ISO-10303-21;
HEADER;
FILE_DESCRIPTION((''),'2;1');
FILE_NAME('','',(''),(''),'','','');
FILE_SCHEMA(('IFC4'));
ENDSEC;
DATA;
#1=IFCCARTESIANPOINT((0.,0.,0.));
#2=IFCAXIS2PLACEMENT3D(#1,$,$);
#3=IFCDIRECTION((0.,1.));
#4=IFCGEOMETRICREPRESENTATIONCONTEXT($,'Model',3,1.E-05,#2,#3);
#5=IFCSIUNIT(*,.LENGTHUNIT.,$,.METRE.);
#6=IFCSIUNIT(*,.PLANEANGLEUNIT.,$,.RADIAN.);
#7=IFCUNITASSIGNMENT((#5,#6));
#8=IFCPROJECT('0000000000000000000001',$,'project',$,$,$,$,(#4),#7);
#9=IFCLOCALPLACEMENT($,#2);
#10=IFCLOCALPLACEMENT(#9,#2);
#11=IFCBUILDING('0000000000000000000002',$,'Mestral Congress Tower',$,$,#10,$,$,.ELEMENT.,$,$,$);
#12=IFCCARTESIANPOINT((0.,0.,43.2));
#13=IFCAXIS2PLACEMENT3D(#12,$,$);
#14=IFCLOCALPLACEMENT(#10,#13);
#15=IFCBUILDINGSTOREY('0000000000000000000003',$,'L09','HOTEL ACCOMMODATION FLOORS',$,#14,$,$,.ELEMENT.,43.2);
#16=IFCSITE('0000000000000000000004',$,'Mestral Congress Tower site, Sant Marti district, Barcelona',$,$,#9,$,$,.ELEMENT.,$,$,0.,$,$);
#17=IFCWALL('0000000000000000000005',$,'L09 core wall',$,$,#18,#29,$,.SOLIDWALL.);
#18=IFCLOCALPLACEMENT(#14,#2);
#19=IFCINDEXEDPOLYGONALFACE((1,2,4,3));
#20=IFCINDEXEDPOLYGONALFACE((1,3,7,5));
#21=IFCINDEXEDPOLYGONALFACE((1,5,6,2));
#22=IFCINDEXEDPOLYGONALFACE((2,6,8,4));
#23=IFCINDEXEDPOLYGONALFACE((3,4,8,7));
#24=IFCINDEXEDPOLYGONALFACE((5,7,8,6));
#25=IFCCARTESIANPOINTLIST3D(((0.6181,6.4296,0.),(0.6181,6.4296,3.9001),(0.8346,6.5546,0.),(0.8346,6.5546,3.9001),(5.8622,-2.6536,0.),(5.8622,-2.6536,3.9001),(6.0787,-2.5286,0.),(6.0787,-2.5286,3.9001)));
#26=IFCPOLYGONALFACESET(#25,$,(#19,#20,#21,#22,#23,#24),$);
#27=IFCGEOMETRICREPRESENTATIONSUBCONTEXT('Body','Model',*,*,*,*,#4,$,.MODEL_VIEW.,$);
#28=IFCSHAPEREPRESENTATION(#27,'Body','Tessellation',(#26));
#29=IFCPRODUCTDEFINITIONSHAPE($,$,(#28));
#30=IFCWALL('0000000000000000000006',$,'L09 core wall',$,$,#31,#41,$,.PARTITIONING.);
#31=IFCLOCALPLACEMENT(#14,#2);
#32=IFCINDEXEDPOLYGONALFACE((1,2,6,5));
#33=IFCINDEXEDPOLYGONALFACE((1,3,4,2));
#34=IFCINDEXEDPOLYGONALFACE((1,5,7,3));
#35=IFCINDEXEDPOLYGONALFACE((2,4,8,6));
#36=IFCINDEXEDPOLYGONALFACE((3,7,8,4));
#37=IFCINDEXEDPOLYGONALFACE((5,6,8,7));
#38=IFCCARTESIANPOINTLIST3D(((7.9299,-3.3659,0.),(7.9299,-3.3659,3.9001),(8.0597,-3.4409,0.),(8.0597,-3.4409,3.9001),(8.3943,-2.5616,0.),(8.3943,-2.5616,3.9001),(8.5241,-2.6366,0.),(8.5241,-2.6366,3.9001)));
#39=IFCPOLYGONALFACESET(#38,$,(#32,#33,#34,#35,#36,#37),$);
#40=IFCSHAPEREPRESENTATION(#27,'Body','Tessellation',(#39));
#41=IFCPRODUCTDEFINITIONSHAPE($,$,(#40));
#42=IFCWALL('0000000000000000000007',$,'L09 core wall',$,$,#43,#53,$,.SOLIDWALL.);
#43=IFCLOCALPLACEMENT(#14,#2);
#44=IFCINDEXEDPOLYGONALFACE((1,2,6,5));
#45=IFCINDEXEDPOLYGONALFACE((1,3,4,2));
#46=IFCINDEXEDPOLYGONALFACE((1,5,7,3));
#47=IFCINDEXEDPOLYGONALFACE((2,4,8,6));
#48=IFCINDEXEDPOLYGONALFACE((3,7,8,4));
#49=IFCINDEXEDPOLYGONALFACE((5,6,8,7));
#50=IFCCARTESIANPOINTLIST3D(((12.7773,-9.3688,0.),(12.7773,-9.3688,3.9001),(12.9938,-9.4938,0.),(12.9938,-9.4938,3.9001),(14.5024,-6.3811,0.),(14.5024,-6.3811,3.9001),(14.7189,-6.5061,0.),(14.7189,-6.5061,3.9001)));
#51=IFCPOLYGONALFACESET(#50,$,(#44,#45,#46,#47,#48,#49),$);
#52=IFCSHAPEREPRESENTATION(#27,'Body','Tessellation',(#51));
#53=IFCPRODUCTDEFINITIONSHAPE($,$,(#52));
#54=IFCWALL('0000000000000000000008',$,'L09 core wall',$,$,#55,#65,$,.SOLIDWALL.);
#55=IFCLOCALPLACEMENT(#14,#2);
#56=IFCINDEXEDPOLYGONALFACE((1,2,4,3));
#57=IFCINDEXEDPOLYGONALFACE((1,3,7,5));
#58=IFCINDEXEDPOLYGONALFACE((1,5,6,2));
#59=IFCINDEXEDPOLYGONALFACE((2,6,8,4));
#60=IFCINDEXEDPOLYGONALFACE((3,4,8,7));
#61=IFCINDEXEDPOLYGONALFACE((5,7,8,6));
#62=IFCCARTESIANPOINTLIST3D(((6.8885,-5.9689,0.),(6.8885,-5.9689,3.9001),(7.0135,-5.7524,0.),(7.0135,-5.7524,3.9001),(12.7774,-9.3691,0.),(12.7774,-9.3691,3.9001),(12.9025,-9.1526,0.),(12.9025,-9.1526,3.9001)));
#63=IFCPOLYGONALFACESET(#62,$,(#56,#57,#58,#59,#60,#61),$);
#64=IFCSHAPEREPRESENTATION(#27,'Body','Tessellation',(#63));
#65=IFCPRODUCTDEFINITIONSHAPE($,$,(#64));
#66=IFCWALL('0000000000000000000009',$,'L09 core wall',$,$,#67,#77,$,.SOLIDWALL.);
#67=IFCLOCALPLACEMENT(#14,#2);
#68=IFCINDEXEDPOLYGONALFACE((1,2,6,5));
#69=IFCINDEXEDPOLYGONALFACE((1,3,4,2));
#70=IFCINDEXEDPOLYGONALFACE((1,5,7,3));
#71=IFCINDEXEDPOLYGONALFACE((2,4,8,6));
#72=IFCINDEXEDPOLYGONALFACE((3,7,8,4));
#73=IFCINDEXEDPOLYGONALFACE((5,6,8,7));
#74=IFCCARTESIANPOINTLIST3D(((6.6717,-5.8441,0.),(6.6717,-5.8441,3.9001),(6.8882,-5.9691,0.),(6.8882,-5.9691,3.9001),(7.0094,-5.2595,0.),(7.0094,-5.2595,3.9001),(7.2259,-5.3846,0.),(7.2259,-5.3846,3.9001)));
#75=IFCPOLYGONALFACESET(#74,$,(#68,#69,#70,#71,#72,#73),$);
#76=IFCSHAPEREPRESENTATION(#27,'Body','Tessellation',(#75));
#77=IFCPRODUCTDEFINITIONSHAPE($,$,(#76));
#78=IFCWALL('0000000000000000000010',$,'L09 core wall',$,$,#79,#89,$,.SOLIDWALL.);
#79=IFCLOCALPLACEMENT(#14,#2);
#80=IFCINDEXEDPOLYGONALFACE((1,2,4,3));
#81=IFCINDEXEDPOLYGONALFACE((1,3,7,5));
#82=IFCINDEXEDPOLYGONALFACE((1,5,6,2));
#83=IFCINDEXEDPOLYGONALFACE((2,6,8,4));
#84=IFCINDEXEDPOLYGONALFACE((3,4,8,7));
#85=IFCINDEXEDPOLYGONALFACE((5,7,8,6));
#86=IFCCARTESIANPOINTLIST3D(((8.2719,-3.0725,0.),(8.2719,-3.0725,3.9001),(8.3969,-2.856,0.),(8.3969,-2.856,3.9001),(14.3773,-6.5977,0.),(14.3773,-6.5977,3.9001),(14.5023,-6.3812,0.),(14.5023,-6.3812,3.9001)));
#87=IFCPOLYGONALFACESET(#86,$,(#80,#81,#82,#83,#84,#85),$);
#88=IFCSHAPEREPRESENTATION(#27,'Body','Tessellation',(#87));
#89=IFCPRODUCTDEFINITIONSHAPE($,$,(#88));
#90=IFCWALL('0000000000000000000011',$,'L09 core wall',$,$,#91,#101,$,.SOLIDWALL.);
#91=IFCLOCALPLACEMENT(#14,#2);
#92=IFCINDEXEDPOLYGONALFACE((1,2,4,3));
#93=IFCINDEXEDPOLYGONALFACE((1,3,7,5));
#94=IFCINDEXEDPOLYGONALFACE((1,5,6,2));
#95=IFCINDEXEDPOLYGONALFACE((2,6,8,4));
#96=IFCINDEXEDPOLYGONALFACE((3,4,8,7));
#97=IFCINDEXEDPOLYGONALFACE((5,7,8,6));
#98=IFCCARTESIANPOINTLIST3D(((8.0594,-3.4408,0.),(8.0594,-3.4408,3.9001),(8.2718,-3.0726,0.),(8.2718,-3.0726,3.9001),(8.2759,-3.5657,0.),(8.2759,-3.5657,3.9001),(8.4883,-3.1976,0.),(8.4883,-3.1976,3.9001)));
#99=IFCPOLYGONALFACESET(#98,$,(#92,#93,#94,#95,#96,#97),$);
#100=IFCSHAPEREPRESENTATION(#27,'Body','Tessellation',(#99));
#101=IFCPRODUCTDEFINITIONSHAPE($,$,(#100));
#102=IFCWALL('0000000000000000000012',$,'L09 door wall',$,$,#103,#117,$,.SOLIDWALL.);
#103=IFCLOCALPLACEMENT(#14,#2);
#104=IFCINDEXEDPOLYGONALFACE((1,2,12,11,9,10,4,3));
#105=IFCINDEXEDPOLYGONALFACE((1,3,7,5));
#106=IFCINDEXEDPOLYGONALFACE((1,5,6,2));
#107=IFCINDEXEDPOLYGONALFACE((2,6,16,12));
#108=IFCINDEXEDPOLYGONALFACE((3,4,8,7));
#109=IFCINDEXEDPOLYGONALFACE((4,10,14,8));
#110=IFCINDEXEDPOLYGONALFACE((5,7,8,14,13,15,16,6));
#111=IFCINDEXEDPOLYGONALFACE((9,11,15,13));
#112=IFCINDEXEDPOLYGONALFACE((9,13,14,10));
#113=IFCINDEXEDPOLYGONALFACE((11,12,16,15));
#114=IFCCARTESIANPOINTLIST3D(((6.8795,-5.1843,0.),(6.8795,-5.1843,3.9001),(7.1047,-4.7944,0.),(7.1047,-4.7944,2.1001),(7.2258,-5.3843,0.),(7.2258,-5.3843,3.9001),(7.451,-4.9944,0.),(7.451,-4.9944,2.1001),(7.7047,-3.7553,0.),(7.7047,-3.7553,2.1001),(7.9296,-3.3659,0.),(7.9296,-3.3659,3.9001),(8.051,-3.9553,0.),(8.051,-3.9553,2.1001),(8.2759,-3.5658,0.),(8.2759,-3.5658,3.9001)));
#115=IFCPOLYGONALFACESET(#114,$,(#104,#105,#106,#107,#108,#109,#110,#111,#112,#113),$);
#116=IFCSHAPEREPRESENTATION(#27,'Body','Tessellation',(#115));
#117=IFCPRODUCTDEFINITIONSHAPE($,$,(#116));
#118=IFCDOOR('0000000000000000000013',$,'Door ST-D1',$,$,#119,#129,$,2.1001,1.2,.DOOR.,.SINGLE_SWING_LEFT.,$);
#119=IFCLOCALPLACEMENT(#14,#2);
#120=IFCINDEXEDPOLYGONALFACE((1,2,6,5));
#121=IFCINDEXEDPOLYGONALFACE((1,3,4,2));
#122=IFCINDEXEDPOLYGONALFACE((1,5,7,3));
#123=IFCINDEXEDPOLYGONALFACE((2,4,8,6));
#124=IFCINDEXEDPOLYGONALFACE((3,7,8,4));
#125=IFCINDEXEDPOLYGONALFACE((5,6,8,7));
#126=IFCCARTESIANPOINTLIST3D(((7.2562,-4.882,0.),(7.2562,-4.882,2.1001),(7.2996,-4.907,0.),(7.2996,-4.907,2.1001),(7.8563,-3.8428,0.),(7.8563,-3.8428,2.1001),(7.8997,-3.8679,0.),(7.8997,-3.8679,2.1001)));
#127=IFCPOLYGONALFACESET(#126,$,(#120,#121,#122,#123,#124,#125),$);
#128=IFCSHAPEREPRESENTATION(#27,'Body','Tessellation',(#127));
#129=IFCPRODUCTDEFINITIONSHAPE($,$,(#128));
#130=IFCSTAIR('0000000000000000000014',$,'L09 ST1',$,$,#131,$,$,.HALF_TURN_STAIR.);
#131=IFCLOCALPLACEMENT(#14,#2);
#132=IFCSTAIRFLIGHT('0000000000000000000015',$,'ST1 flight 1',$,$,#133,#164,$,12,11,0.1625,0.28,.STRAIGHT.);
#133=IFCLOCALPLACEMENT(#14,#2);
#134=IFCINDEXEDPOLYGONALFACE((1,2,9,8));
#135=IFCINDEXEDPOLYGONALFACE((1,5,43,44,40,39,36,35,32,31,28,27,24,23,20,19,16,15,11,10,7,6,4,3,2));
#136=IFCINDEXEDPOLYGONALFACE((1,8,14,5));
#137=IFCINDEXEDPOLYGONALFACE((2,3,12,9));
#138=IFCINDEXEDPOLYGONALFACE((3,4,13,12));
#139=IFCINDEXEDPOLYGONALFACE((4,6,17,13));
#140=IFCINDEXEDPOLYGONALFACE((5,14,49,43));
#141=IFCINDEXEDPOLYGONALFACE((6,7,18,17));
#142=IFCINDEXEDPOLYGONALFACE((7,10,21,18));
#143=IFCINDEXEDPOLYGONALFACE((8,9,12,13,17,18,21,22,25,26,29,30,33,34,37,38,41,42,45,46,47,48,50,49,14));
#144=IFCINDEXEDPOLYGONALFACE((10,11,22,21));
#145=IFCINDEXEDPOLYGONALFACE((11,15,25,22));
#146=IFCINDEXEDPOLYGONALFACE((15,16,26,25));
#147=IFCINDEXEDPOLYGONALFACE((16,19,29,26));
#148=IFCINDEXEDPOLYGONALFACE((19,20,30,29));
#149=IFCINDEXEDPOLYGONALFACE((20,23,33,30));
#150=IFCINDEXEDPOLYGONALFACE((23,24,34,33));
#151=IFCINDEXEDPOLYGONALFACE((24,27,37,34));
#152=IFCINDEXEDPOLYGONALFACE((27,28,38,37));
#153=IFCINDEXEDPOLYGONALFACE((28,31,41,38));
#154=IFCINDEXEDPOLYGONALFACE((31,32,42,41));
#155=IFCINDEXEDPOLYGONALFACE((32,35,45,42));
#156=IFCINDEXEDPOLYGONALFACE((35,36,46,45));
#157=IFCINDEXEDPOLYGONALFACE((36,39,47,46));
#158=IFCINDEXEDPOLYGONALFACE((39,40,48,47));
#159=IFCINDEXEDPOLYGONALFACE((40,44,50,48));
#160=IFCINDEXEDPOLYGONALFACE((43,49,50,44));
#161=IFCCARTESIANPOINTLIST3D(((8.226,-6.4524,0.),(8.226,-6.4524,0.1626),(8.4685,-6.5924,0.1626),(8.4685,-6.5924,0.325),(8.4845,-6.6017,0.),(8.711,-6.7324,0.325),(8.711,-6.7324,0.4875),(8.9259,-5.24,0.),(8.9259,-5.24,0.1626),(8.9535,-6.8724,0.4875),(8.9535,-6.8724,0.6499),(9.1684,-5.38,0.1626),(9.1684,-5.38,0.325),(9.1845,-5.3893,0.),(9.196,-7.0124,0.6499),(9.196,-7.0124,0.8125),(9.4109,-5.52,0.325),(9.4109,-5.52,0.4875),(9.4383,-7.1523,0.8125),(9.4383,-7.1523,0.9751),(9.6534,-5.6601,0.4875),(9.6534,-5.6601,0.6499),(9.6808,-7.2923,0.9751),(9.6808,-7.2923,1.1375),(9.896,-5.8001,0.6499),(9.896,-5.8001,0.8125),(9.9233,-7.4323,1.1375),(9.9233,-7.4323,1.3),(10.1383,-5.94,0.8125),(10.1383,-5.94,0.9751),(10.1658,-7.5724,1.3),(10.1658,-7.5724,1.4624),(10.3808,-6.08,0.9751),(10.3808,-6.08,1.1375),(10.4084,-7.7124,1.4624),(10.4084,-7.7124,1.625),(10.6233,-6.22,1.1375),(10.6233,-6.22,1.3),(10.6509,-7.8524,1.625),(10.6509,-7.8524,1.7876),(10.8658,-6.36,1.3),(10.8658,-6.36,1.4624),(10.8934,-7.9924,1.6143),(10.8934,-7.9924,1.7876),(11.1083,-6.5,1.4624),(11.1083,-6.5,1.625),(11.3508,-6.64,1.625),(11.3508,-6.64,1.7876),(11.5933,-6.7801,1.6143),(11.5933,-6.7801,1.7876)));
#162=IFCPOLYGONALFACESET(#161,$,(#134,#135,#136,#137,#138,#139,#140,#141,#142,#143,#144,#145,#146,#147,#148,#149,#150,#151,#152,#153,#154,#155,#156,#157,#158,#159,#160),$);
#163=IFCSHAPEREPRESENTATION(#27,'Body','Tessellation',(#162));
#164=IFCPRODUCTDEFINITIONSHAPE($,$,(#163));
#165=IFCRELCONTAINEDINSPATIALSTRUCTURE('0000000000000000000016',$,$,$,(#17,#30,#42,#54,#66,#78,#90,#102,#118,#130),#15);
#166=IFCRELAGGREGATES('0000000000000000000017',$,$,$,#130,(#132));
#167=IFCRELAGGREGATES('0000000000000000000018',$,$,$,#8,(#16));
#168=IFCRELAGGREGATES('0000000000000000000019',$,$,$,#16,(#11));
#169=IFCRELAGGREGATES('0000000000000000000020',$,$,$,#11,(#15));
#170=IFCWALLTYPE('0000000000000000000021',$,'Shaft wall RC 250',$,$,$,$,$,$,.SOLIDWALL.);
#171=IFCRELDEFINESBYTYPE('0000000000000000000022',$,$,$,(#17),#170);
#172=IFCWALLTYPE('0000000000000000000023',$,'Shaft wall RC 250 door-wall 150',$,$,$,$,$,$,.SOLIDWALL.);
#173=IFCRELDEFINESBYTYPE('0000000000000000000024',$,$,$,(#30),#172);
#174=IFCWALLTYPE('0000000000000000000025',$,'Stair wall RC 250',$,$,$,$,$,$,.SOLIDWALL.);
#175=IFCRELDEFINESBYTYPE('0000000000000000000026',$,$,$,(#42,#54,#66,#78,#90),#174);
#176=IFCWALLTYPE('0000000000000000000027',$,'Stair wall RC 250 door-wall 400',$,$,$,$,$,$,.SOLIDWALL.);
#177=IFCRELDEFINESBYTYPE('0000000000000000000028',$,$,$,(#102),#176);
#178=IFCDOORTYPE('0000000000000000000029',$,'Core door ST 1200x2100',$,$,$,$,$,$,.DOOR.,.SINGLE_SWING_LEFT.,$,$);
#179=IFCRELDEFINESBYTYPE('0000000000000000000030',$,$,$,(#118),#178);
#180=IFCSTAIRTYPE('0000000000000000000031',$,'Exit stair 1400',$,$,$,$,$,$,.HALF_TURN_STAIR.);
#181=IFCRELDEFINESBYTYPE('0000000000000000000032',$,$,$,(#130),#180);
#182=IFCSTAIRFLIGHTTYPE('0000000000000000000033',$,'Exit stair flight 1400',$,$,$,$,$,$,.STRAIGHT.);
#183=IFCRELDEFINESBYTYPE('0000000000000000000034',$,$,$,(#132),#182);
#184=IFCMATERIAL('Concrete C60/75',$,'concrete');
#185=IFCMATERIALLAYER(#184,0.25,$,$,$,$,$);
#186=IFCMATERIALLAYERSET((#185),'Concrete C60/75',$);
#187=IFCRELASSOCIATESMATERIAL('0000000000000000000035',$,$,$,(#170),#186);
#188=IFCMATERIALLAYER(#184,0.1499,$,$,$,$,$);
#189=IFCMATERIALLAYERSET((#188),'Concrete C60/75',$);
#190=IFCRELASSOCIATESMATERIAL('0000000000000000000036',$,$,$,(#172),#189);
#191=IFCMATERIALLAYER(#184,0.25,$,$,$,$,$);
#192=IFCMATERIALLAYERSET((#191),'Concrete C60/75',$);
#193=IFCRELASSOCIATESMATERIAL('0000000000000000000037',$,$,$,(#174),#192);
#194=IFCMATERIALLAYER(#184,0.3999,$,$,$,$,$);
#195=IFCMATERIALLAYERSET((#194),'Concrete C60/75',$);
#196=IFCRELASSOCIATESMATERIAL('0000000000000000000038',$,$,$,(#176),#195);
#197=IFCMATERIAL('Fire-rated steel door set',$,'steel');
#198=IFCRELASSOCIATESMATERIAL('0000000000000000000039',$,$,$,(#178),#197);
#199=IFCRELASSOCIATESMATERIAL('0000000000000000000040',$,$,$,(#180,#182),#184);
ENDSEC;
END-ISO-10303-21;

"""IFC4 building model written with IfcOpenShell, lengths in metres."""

from ifc_helpers import new_model, si_unit, direction, frame, frame_2d, origin, place, context, subcontext, project, spatial, polyline, rectangle, outline, extrude, material, layer, layer_set, type_object, element, fill, aggregate, save


model = new_model("IFC4")

# Units and contexts
model_context = context("Model", 3, precision=1e-05, world=origin(), true_north=direction((0.0, 1.0)))
body_context = subcontext(model_context, "Body", "Model", "MODEL_VIEW")
ifc_project = project(units=[si_unit("LENGTHUNIT", "METRE"), si_unit("PLANEANGLEUNIT", "RADIAN")], contexts=[model_context])

# Site, building, storey
site_placement = place(None, origin())
site = spatial("IfcSite", under=ifc_project, at=site_placement, Name="Mestral Congress Tower site, Sant Marti district, Barcelona", CompositionType="ELEMENT", RefElevation=0.0)
building_placement = place(site_placement, origin())
building = spatial("IfcBuilding", under=site, at=building_placement, Name="Mestral Congress Tower", CompositionType="ELEMENT")
storey_placement = place(building_placement, frame((0.0, 0.0, 43.2)))
storey = spatial("IfcBuildingStorey", under=building, at=storey_placement, Name="L09", Description="HOTEL ACCOMMODATION FLOORS", CompositionType="ELEMENT", Elevation=43.2)

# Shared definitions
ifc_material_1 = material(Name="Fire-rated steel door set", Category="steel")

# Walls
ifc_material_2 = material(Name="Concrete C60/75", Category="concrete")
ifc_layer_1 = layer(ifc_material_2, 0.25)
ifc_layer_set_1 = layer_set([ifc_layer_1], Name="Concrete C60/75")
wall_type_1 = type_object("IfcWallType", Name="Shaft wall RC 250", PredefinedType="SOLIDWALL", material=ifc_layer_set_1)
wall_1_placement = place(storey_placement, frame((5.9705, -2.5911, 0.0), z_axis=(0.0, 0.0, 1.0), x_axis=(-0.499994, 0.866029, 0.0)))
element("IfcWall", 1, at=wall_1_placement, inside=storey, type_object=wall_type_1, Name="L09 core wall", PredefinedType="SOLIDWALL", context=body_context, shape_type="SweptSolid", body=[
    extrude(rectangle(XDim=10.4883, YDim=0.25, at=frame_2d((5.2441, 0.0))), origin(), (0.0, 0.0, 1.0), 3.9001),
])
ifc_layer_2 = layer(ifc_material_2, 0.1499)
ifc_layer_set_2 = layer_set([ifc_layer_2], Name="Concrete C60/75")
wall_type_2 = type_object("IfcWallType", Name="Shaft wall RC 250 door-wall 150", PredefinedType="SOLIDWALL", material=ifc_layer_set_2)
wall_2_placement = place(storey_placement, frame((8.4592, -2.5991, 0.0), z_axis=(0.0, 0.0, 1.0), x_axis=(-0.500041, -0.866002, 0.0)))
element("IfcWall", 2, at=wall_2_placement, inside=storey, type_object=wall_type_2, Name="L09 core wall", PredefinedType="PARTITIONING", context=body_context, shape_type="SweptSolid", body=[
    extrude(rectangle(XDim=0.9287, YDim=0.1499, at=frame_2d((0.4644, 0.0))), origin(), (0.0, 0.0, 1.0), 3.9001),
])
ifc_layer_3 = layer(ifc_material_2, 0.25)
ifc_layer_set_3 = layer_set([ifc_layer_3], Name="Concrete C60/75")
wall_type_3 = type_object("IfcWallType", Name="Stair wall RC 250", PredefinedType="SOLIDWALL", material=ifc_layer_set_3)
wall_3_placement = place(storey_placement, frame((12.8855, -9.4314, 0.0), z_axis=(0.0, 0.0, 1.0), x_axis=(0.500021, 0.866014, 0.0)))
element("IfcWall", 3, at=wall_3_placement, inside=storey, type_object=wall_type_3, Name="L09 core wall", PredefinedType="SOLIDWALL", context=body_context, shape_type="SweptSolid", body=[
    extrude(rectangle(XDim=3.45, YDim=0.25, at=frame_2d((1.7251, 0.0))), origin(), (0.0, 0.0, 1.0), 3.9001),
])
wall_4_placement = place(storey_placement, frame((12.8398, -9.2607, 0.0), z_axis=(0.0, 0.0, 1.0), x_axis=(-0.866014, 0.50002, 0.0)))
element("IfcWall", 4, at=wall_4_placement, inside=storey, type_object=wall_type_3, Name="L09 core wall", PredefinedType="SOLIDWALL", context=body_context, shape_type="SweptSolid", body=[
    extrude(rectangle(XDim=6.8, YDim=0.25, at=frame_2d((3.3999, 0.0))), origin(), (0.0, 0.0, 1.0), 3.9001),
])
wall_5_placement = place(storey_placement, frame((6.78, -5.9065, 0.0), z_axis=(0.0, 0.0, 1.0), x_axis=(0.500223, 0.865896, 0.0)))
element("IfcWall", 5, at=wall_5_placement, inside=storey, type_object=wall_type_3, Name="L09 core wall", PredefinedType="SOLIDWALL", context=body_context, shape_type="SweptSolid", body=[
    extrude(rectangle(XDim=0.675, YDim=0.25, at=frame_2d((0.3374, 0.0))), origin(), (0.0, 0.0, 1.0), 3.9001),
])
wall_6_placement = place(storey_placement, frame((8.3345, -2.9644, 0.0), z_axis=(0.0, 0.0, 1.0), x_axis=(0.866016, -0.500016, 0.0)))
element("IfcWall", 6, at=wall_6_placement, inside=storey, type_object=wall_type_3, Name="L09 core wall", PredefinedType="SOLIDWALL", context=body_context, shape_type="SweptSolid", body=[
    extrude(rectangle(XDim=7.05, YDim=0.25, at=frame_2d((3.5249, 0.0))), origin(), (0.0, 0.0, 1.0), 3.9001),
])
wall_7_placement = place(storey_placement, frame((8.1677, -3.5032, 0.0), z_axis=(0.0, 0.0, 1.0), x_axis=(0.499722, 0.866186, 0.0)))
element("IfcWall", 7, at=wall_7_placement, inside=storey, type_object=wall_type_3, Name="L09 core wall", PredefinedType="SOLIDWALL", context=body_context, shape_type="SweptSolid", body=[
    extrude(rectangle(XDim=0.425, YDim=0.25, at=frame_2d((0.2124, 0.0))), origin(), (0.0, 0.0, 1.0), 3.9001),
])

# Wall, opening, door
ifc_layer_4 = layer(ifc_material_2, 0.3999)
ifc_layer_set_4 = layer_set([ifc_layer_4], Name="Concrete C60/75")
wall_type_4 = type_object("IfcWallType", Name="Stair wall RC 250 door-wall 400", PredefinedType="SOLIDWALL", material=ifc_layer_set_4)
wall_8_placement = place(storey_placement, frame((7.0527, -5.2842, 0.0), z_axis=(0.0, 0.0, 1.0), x_axis=(0.500078, 0.86598, 0.0)))
wall_8 = element("IfcWall", 8, at=wall_8_placement, inside=storey, type_object=wall_type_4, Name="L09 door wall", PredefinedType="SOLIDWALL", context=body_context, shape_type="SweptSolid", body=[
    extrude(rectangle(XDim=2.0999, YDim=0.3999, at=frame_2d((1.0498, 0.0))), origin(), (0.0, 0.0, 1.0), 3.9001),
])
opening_1_placement = place(wall_8_placement, frame((0.45, 0.0, 0.0)))
opening_1 = element("IfcOpeningElement", 9, at=opening_1_placement, cuts=wall_8, PredefinedType="OPENING", context=body_context, shape_type="SweptSolid", body=[
    extrude(rectangle(XDim=1.2, YDim=2.1001, at=frame_2d((0.6001, 1.05))), frame((0.0, 0.21, 0.0), z_axis=(0.0, -1.0, 0.0), x_axis=(1.0, 0.0, 0.0)), (0.0, 0.0, 1.0), 0.4199),
])
door_type_1 = type_object("IfcDoorType", Name="Core door ST 1200x2100", OperationType="SINGLE_SWING_LEFT", PredefinedType="DOOR", material=ifc_material_1)
door_1_placement = place(opening_1_placement, origin())
door_1 = element("IfcDoor", 10, at=door_1_placement, inside=storey, type_object=door_type_1, Name="Door ST-D1", OperationType="SINGLE_SWING_LEFT", OverallHeight=2.1001, OverallWidth=1.2, PredefinedType="DOOR", context=body_context, shape_type="SweptSolid", body=[
    extrude(rectangle(XDim=1.2, YDim=2.1001, at=frame_2d((0.6001, 1.05))), frame((0.0, 0.0249, 0.0), z_axis=(0.0, -1.0, 0.0), x_axis=(1.0, 0.0, 0.0)), (0.0, 0.0, 1.0), 0.05),
])
fill(opening_1, door_1)

# Stair, stair flight
stair_type = type_object("IfcStairType", Name="Exit stair 1400", PredefinedType="HALF_TURN_STAIR", material=ifc_material_2)
stair_placement = place(storey_placement, origin())
stair = element("IfcStair", 11, at=stair_placement, inside=storey, type_object=stair_type, Name="L09 ST1", PredefinedType="HALF_TURN_STAIR")
stair_flight_type = type_object("IfcStairFlightType", Name="Exit stair flight 1400", PredefinedType="STRAIGHT", material=ifc_material_2)
stair_flight_1_placement = place(storey_placement, frame((8.5759, -5.8462, 0.0), z_axis=(0.0, 0.0, 1.0), x_axis=(0.866025, -0.5, 0.0)))
stair_flight_1 = element("IfcStairFlight", 12, at=stair_flight_1_placement, type_object=stair_flight_type, Name="ST1 flight 1", NumberOfRisers=12, NumberOfTreads=11, PredefinedType="STRAIGHT", RiserHeight=0.1625, TreadLength=0.28, context=body_context, shape_type="SweptSolid", body=[
    extrude(outline(polyline([(0.0, 0.0), (0.0, 0.1626), (0.28, 0.1626), (0.28, 0.325), (0.5601, 0.325), (0.5601, 0.4875), (0.8401, 0.4875), (0.8401, 0.6499), (1.1201, 0.6499), (1.1201, 0.8125), (1.3999, 0.8125), (1.3999, 0.9751), (1.6799, 0.9751), (1.6799, 1.1375), (1.96, 1.1375), (1.96, 1.3), (2.24, 1.3), (2.24, 1.4624), (2.52, 1.4624), (2.52, 1.625), (2.8, 1.625), (2.8, 1.7876), (3.0801, 1.7876), (3.0801, 1.95), (3.0801, 1.6143), (0.2986, 0.0), (0.0, 0.0)])), frame((0.0, 0.7, 0.0), z_axis=(0.0, -1.0, 0.0), x_axis=(1.0, 0.0, 0.0)), (0.0, 0.0, 1.0), 1.3999),
])
aggregate(stair, [stair_flight_1])

save(model, "model.ifc")
